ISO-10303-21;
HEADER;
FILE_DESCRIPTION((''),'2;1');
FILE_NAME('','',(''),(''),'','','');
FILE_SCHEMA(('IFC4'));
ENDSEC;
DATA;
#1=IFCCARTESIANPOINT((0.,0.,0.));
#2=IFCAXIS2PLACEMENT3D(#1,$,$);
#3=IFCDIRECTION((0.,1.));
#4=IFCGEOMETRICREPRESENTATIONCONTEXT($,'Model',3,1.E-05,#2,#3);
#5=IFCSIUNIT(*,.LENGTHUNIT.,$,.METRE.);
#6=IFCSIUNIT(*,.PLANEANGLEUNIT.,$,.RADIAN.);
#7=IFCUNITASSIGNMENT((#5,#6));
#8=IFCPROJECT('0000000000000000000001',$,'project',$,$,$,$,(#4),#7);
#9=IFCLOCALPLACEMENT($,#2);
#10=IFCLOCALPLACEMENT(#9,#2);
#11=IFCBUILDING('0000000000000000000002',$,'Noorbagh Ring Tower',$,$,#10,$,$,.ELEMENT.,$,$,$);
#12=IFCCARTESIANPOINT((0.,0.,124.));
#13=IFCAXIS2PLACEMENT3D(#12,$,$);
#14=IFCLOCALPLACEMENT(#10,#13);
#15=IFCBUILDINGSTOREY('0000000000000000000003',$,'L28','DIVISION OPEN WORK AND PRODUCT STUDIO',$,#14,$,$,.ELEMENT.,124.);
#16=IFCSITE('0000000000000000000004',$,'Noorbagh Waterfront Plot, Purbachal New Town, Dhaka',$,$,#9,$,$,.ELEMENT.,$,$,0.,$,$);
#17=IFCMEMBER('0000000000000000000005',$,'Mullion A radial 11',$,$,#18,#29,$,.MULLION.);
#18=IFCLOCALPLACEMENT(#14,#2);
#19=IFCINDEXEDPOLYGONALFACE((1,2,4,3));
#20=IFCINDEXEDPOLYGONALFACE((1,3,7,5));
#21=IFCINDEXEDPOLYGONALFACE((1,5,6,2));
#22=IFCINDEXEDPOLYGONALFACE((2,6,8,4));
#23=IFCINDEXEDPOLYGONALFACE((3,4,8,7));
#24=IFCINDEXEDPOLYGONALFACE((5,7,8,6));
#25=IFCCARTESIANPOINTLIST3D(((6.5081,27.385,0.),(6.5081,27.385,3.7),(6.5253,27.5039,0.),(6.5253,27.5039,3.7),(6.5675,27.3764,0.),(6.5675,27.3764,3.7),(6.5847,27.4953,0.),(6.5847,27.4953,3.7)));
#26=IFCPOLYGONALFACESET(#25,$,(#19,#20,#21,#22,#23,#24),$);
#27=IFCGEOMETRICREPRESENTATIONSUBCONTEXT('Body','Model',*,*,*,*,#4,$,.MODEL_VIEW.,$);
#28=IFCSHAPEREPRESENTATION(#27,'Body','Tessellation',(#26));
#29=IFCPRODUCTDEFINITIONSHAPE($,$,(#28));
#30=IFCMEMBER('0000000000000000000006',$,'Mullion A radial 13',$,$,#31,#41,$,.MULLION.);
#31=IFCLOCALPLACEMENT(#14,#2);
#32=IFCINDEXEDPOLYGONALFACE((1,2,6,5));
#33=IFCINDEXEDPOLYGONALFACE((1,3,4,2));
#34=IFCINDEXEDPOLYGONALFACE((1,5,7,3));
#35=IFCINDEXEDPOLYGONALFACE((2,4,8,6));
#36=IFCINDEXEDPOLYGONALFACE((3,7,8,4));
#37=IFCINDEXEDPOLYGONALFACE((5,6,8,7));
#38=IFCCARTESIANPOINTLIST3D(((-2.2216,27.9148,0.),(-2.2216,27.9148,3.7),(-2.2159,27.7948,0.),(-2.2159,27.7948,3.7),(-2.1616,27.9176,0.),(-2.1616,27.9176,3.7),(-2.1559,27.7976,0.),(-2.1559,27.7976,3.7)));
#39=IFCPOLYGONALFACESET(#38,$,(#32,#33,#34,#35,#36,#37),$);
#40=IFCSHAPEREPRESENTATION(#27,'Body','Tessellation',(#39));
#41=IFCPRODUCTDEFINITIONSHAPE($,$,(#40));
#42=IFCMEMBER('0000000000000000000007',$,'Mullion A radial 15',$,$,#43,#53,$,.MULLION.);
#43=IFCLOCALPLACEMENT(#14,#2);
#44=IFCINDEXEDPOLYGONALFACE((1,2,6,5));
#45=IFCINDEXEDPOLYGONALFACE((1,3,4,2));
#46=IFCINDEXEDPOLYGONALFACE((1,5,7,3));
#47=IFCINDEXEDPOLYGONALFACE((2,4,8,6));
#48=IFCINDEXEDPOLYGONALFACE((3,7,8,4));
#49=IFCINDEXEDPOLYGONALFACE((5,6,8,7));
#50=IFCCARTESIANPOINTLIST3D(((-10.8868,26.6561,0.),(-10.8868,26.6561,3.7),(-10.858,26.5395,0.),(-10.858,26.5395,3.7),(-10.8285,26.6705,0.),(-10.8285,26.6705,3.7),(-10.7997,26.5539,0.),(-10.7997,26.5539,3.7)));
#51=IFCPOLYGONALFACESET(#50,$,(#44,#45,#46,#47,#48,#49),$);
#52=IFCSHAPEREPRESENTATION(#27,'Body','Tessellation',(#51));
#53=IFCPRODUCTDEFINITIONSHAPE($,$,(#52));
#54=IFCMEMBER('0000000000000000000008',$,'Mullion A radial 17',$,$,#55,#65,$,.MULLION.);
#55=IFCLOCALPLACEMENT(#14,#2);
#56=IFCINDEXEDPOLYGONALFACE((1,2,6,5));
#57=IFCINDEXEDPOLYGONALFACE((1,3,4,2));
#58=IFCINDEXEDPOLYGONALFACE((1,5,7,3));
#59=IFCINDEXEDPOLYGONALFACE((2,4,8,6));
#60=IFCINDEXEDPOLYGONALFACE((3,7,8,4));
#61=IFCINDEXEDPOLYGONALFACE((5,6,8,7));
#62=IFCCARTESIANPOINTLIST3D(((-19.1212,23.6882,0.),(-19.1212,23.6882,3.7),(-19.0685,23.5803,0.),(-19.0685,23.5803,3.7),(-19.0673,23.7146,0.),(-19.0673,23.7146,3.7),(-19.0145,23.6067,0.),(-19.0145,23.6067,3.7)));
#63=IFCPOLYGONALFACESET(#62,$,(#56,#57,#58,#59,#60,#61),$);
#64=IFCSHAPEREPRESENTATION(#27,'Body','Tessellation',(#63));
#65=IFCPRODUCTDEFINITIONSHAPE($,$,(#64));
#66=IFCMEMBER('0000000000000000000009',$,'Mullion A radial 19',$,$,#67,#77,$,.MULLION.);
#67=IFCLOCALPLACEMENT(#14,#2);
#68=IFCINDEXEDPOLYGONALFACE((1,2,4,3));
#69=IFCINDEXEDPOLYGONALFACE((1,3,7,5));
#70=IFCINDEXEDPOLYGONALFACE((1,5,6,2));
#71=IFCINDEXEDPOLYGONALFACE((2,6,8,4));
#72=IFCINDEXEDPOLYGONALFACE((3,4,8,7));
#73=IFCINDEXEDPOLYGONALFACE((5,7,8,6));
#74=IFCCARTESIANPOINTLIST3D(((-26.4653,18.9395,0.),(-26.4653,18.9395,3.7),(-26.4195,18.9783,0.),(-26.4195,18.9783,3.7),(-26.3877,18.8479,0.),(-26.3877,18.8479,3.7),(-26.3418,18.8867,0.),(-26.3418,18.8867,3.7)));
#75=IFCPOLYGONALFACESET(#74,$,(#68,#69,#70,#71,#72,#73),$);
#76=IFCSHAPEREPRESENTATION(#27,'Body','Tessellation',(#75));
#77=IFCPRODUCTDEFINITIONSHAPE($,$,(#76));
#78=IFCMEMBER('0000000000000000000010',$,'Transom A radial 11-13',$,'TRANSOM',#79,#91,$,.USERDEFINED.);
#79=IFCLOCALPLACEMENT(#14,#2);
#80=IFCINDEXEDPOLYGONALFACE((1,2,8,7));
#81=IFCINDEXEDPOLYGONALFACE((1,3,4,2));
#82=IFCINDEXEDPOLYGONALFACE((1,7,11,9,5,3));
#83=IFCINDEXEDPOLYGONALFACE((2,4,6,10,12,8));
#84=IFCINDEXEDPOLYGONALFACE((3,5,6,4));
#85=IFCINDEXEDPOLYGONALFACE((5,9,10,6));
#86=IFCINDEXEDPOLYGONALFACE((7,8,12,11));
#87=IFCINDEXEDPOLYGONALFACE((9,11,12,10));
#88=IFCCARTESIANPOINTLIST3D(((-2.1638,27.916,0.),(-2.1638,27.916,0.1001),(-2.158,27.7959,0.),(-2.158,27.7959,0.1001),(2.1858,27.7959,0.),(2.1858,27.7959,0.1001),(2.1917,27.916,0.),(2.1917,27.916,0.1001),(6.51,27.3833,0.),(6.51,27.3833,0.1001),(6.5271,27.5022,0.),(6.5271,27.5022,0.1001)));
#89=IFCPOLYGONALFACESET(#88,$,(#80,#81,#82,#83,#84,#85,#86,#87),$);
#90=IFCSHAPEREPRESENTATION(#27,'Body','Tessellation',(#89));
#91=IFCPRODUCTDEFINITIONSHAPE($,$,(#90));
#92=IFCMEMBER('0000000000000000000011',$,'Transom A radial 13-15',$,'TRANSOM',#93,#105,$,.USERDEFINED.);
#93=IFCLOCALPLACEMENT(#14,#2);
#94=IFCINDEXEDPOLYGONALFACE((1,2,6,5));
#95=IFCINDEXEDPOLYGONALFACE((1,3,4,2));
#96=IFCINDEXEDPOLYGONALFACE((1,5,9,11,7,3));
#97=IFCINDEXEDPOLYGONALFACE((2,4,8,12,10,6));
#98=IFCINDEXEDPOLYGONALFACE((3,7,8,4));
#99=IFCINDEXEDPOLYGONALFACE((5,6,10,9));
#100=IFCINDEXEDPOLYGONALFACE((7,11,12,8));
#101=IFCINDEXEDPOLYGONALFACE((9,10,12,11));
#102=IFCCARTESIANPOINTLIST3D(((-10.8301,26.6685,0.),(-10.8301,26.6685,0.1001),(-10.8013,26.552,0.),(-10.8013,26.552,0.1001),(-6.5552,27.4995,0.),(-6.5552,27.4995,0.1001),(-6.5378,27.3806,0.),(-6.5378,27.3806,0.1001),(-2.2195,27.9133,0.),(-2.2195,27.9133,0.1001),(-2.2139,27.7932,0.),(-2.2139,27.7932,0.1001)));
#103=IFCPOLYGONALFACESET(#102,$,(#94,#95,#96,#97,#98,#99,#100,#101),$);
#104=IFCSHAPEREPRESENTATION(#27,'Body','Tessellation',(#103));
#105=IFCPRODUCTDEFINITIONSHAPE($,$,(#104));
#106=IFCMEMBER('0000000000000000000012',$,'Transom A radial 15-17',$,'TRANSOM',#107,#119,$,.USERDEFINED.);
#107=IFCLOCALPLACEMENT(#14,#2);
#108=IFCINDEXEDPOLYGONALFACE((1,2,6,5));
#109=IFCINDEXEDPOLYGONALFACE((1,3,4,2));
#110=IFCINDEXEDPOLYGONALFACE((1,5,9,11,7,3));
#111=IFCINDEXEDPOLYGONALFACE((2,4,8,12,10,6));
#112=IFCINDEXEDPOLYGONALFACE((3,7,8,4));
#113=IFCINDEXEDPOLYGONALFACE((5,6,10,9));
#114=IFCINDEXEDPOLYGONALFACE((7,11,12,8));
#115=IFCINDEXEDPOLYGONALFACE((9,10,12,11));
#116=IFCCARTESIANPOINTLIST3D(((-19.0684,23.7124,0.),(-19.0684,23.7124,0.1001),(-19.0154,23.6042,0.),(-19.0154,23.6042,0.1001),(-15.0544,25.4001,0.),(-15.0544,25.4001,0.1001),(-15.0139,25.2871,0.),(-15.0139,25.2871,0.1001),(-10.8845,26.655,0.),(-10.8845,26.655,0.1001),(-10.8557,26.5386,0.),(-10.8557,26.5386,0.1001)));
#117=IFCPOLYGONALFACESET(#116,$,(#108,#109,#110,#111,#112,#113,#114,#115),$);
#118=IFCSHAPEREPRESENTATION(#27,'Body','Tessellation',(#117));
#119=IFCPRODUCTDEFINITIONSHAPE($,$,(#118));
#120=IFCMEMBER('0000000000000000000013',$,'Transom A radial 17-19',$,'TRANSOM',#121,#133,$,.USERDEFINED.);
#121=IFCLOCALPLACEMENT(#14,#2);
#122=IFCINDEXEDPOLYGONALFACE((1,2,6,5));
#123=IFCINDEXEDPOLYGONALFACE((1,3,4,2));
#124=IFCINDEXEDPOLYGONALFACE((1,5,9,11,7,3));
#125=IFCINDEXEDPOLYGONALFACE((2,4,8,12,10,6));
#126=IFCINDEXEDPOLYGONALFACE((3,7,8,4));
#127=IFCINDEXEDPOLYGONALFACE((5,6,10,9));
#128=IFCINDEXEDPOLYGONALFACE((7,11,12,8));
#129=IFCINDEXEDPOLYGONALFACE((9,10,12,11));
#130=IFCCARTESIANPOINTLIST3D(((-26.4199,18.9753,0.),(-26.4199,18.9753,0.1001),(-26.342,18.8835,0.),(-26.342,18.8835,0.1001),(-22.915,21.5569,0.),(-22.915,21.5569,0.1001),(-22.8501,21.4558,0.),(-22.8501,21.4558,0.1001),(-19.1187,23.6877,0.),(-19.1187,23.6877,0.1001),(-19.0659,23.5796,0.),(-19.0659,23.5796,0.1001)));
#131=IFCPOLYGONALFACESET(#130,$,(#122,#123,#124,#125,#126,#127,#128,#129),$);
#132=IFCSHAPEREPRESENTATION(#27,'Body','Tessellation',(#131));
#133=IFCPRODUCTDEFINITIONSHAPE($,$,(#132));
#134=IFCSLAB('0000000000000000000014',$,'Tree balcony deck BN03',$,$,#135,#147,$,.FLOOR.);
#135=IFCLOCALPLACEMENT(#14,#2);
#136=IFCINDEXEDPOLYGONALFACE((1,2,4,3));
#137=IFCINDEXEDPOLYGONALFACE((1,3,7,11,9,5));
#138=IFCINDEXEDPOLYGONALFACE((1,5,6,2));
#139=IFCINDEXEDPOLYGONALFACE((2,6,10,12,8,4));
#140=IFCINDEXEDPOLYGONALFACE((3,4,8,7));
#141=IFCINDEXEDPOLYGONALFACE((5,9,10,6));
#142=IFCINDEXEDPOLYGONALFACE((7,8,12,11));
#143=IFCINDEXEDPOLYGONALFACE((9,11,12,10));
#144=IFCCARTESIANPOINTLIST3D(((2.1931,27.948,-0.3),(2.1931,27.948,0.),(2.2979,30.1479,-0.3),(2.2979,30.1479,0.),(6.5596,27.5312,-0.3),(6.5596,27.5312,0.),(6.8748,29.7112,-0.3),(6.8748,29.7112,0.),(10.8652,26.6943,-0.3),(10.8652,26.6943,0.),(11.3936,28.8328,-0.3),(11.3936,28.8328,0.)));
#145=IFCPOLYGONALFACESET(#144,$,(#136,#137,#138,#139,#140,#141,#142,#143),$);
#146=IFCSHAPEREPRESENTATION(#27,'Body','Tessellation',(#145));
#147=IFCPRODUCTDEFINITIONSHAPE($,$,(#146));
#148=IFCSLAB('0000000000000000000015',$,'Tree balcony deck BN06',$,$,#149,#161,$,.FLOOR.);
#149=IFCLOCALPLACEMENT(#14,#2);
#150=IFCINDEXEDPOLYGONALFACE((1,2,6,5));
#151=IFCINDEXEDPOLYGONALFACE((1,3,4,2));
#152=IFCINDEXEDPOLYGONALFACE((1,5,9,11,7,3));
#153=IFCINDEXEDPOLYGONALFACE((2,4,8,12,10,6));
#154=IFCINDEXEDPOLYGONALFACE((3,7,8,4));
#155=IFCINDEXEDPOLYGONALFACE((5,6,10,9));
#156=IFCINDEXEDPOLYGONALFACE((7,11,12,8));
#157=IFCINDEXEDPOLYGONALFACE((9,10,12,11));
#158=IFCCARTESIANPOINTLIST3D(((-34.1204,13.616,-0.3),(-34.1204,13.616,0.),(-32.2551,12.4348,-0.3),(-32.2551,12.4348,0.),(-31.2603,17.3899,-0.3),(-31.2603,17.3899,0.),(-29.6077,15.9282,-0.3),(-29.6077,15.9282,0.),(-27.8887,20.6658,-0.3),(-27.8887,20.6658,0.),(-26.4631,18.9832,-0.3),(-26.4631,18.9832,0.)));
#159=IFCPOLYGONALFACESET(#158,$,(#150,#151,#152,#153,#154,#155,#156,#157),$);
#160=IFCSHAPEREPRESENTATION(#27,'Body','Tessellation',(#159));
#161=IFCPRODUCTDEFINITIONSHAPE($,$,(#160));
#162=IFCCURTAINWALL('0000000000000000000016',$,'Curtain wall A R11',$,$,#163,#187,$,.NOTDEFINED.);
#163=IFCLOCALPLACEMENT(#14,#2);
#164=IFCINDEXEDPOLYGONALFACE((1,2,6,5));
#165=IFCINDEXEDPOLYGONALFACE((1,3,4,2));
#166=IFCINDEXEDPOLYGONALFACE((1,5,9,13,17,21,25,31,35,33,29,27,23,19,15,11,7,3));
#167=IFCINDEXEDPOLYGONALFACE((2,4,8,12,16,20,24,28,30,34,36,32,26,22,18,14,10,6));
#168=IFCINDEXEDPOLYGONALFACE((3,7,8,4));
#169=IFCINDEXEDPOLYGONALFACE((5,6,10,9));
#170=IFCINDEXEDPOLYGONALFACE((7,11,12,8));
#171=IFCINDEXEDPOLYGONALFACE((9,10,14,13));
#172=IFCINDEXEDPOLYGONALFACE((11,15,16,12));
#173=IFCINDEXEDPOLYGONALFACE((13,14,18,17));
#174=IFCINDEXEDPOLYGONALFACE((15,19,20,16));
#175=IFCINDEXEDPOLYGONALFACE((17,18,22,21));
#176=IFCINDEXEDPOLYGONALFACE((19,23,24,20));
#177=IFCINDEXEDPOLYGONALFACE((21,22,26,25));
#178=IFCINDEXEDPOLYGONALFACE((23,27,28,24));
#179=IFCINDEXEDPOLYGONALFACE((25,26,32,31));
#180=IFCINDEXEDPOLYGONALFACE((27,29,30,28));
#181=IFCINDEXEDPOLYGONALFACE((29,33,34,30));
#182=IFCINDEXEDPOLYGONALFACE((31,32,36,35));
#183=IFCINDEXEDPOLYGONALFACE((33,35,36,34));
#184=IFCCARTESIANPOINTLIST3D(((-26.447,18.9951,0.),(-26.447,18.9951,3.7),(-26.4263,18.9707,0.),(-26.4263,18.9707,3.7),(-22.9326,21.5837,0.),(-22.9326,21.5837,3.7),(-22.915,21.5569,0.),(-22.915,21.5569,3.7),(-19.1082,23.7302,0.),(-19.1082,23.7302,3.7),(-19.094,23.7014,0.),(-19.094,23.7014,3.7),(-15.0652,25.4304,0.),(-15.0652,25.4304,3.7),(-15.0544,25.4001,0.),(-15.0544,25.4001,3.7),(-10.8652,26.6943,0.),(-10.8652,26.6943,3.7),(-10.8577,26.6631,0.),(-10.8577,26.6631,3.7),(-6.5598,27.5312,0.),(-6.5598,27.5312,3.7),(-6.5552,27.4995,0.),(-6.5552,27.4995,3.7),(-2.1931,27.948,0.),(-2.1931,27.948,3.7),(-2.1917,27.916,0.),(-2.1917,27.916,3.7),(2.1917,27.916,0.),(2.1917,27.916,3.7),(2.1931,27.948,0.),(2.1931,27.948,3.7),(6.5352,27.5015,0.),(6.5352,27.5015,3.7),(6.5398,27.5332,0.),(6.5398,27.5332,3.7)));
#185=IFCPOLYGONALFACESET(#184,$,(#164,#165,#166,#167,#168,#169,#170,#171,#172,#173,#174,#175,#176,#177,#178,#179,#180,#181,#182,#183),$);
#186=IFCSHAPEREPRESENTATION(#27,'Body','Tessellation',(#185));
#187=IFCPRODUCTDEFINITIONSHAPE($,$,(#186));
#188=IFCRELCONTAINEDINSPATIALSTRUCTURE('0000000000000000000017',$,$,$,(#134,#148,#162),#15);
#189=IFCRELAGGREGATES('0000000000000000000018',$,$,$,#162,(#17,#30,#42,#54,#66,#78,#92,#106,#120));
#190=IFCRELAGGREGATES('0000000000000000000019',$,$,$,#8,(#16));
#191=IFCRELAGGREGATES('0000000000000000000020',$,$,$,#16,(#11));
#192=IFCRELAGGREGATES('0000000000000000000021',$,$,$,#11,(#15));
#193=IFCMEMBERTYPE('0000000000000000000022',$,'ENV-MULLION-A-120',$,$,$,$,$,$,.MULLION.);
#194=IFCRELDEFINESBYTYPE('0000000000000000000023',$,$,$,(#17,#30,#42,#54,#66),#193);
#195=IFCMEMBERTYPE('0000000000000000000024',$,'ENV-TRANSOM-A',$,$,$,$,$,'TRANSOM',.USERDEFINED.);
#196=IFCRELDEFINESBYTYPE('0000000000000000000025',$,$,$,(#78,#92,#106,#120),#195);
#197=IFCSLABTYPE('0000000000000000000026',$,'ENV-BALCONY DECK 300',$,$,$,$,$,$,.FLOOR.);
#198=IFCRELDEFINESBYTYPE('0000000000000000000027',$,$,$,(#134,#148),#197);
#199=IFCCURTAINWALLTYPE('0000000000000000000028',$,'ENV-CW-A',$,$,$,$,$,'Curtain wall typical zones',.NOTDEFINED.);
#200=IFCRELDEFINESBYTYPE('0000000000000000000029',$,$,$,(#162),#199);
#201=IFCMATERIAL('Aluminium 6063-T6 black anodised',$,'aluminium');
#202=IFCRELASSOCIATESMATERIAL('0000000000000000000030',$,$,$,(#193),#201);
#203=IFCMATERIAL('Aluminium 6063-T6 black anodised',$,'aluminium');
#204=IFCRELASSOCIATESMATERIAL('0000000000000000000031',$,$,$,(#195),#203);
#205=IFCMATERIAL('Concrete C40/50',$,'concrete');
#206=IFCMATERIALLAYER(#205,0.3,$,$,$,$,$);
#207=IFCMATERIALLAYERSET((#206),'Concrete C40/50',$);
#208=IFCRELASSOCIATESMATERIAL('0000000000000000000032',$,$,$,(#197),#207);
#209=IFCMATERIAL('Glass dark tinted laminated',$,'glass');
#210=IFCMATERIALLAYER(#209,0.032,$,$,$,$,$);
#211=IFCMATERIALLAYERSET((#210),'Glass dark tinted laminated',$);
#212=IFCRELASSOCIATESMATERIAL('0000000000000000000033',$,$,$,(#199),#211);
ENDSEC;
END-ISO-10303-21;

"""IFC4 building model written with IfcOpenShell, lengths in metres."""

from ifc_helpers import new_model, si_unit, direction, frame, origin, origin_2d, place, context, subcontext, project, spatial, polyline, rectangle, outline, extrude, material, layer, layer_set, material_profile, profile_set, type_object, element, aggregate, save


model = new_model("IFC4")

# Units and contexts
model_context = context("Model", 3, precision=1e-05, world=origin(), true_north=direction((0.0, 1.0)))
body_context = subcontext(model_context, "Body", "Model", "MODEL_VIEW")
ifc_project = project(units=[si_unit("LENGTHUNIT", "METRE"), si_unit("PLANEANGLEUNIT", "RADIAN")], contexts=[model_context])

# Members
ifc_material_1 = material(Name="Aluminium 6063-T6 black anodised", Category="aluminium")
ifc_material_profile = material_profile(ifc_material_1, rectangle(XDim=0.1201, YDim=0.0601, at=origin_2d()), Name="120x60")
ifc_profile_set = profile_set([ifc_material_profile], Name="Aluminium 6063-T6 black anodised")
member_type_1 = type_object("IfcMemberType", Name="ENV-MULLION-A-120", PredefinedType="MULLION", material=ifc_profile_set)
site_placement = place(None, origin())
building_placement = place(site_placement, origin())
storey_placement = place(building_placement, frame((0.0, 0.0, 124.0)))
member_1_placement = place(storey_placement, frame((6.5464, 27.4402, 0.0), z_axis=(0.0, 0.0, 1.0), x_axis=(-0.143082, -0.989711, 0.0)))
member_1 = element("IfcMember", 1, at=member_1_placement, type_object=member_type_1, Name="Mullion A radial 11", PredefinedType="MULLION", context=body_context, shape_type="SweptSolid", body=[
    extrude(rectangle(XDim=0.1201, YDim=0.0601, at=origin_2d()), origin(), (0.0, 0.0, 1.0), 3.7),
])
member_2_placement = place(storey_placement, frame((-2.1887, 27.8562, 0.0), z_axis=(0.0, 0.0, 1.0), x_axis=(0.047558, -0.998868, 0.0)))
member_2 = element("IfcMember", 2, at=member_2_placement, type_object=member_type_1, Name="Mullion A radial 13", PredefinedType="MULLION", context=body_context, shape_type="SweptSolid", body=[
    extrude(rectangle(XDim=0.1201, YDim=0.0601, at=origin_2d()), origin(), (0.0, 0.0, 1.0), 3.7),
])
member_3_placement = place(storey_placement, frame((-10.8433, 26.605, 0.0), z_axis=(0.0, 0.0, 1.0), x_axis=(0.239799, -0.970823, 0.0)))
member_3 = element("IfcMember", 3, at=member_3_placement, type_object=member_type_1, Name="Mullion A radial 15", PredefinedType="MULLION", context=body_context, shape_type="SweptSolid", body=[
    extrude(rectangle(XDim=0.1201, YDim=0.0601, at=origin_2d()), origin(), (0.0, 0.0, 1.0), 3.7),
])
member_4_placement = place(storey_placement, frame((-19.0679, 23.6475, 0.0), z_axis=(0.0, 0.0, 1.0), x_axis=(0.439238, -0.898371, 0.0)))
member_4 = element("IfcMember", 4, at=member_4_placement, type_object=member_type_1, Name="Mullion A radial 17", PredefinedType="MULLION", context=body_context, shape_type="SweptSolid", body=[
    extrude(rectangle(XDim=0.1201, YDim=0.0601, at=origin_2d()), origin(), (0.0, 0.0, 1.0), 3.7),
])
member_5_placement = place(storey_placement, frame((-26.4036, 18.9131, 0.0), z_axis=(0.0, 0.0, 1.0), x_axis=(0.646451, -0.762955, 0.0)))
member_5 = element("IfcMember", 5, at=member_5_placement, type_object=member_type_1, Name="Mullion A radial 19", PredefinedType="MULLION", context=body_context, shape_type="SweptSolid", body=[
    extrude(rectangle(XDim=0.1201, YDim=0.0601, at=origin_2d()), origin(), (0.0, 0.0, 1.0), 3.7),
])
ifc_material_2 = material(Name="Aluminium 6063-T6 black anodised", Category="aluminium")
member_type_2 = type_object("IfcMemberType", Name="ENV-TRANSOM-A", ElementType="TRANSOM", PredefinedType="USERDEFINED", material=ifc_material_2)
member_6_placement = place(storey_placement, origin())
member_6 = element("IfcMember", 6, at=member_6_placement, type_object=member_type_2, Name="Transom A radial 11-13", ObjectType="TRANSOM", PredefinedType="USERDEFINED", context=body_context, shape_type="SweptSolid", body=[
    extrude(outline(polyline([(6.5271, 27.5022), (2.1917, 27.916), (-2.1638, 27.916), (-2.158, 27.7959), (2.1858, 27.7959), (6.51, 27.3833), (6.5271, 27.5022)])), origin(), (0.0, 0.0, 1.0), 0.1001),
])
member_7_placement = place(storey_placement, origin())
member_7 = element("IfcMember", 7, at=member_7_placement, type_object=member_type_2, Name="Transom A radial 13-15", ObjectType="TRANSOM", PredefinedType="USERDEFINED", context=body_context, shape_type="SweptSolid", body=[
    extrude(outline(polyline([(-2.2195, 27.9133), (-6.5552, 27.4995), (-10.8301, 26.6685), (-10.8013, 26.552), (-6.5378, 27.3806), (-2.2139, 27.7932), (-2.2195, 27.9133)])), origin(), (0.0, 0.0, 1.0), 0.1001),
])
member_8_placement = place(storey_placement, origin())
member_8 = element("IfcMember", 8, at=member_8_placement, type_object=member_type_2, Name="Transom A radial 15-17", ObjectType="TRANSOM", PredefinedType="USERDEFINED", context=body_context, shape_type="SweptSolid", body=[
    extrude(outline(polyline([(-10.8845, 26.655), (-15.0544, 25.4001), (-19.0684, 23.7124), (-19.0154, 23.6042), (-15.0139, 25.2871), (-10.8557, 26.5386), (-10.8845, 26.655)])), origin(), (0.0, 0.0, 1.0), 0.1001),
])
member_9_placement = place(storey_placement, origin())
member_9 = element("IfcMember", 9, at=member_9_placement, type_object=member_type_2, Name="Transom A radial 17-19", ObjectType="TRANSOM", PredefinedType="USERDEFINED", context=body_context, shape_type="SweptSolid", body=[
    extrude(outline(polyline([(-19.1187, 23.6877), (-22.915, 21.5569), (-26.4199, 18.9753), (-26.342, 18.8835), (-22.8501, 21.4558), (-19.0659, 23.5796), (-19.1187, 23.6877)])), origin(), (0.0, 0.0, 1.0), 0.1001),
])

# Site, building, storey
site = spatial("IfcSite", under=ifc_project, at=site_placement, Name="Noorbagh Waterfront Plot, Purbachal New Town, Dhaka", CompositionType="ELEMENT", RefElevation=0.0)
building = spatial("IfcBuilding", under=site, at=building_placement, Name="Noorbagh Ring Tower", CompositionType="ELEMENT")
storey = spatial("IfcBuildingStorey", under=building, at=storey_placement, Name="L28", Description="DIVISION OPEN WORK AND PRODUCT STUDIO", CompositionType="ELEMENT", Elevation=124.0)

# Slabs
ifc_material_3 = material(Name="Concrete C40/50", Category="concrete")
ifc_layer_1 = layer(ifc_material_3, 0.3)
ifc_layer_set_1 = layer_set([ifc_layer_1], Name="Concrete C40/50")
slab_type = type_object("IfcSlabType", Name="ENV-BALCONY DECK 300", PredefinedType="FLOOR", material=ifc_layer_set_1)
slab_1_placement = place(storey_placement, frame((0.0, 0.0, -0.3)))
element("IfcSlab", 10, at=slab_1_placement, inside=storey, type_object=slab_type, Name="Tree balcony deck BN03", PredefinedType="FLOOR", context=body_context, shape_type="SweptSolid", body=[
    extrude(outline(polyline([(11.3936, 28.8328), (6.8748, 29.7112), (2.2979, 30.1479), (2.1931, 27.948), (6.5596, 27.5312), (10.8652, 26.6943), (11.3936, 28.8328)])), origin(), (0.0, 0.0, 1.0), 0.3),
])
slab_2_placement = place(storey_placement, frame((0.0, 0.0, -0.3)))
element("IfcSlab", 11, at=slab_2_placement, inside=storey, type_object=slab_type, Name="Tree balcony deck BN06", PredefinedType="FLOOR", context=body_context, shape_type="SweptSolid", body=[
    extrude(outline(polyline([(-27.8887, 20.6658), (-31.2603, 17.3899), (-34.1204, 13.616), (-32.2551, 12.4348), (-29.6077, 15.9282), (-26.4631, 18.9832), (-27.8887, 20.6658)])), origin(), (0.0, 0.0, 1.0), 0.3),
])

# Curtain wall
ifc_material_4 = material(Name="Glass dark tinted laminated", Category="glass")
ifc_layer_2 = layer(ifc_material_4, 0.032)
ifc_layer_set_2 = layer_set([ifc_layer_2], Name="Glass dark tinted laminated")
curtain_wall_type = type_object("IfcCurtainWallType", Name="ENV-CW-A", ElementType="Curtain wall typical zones", PredefinedType="NOTDEFINED", material=ifc_layer_set_2)
curtain_wall_placement = place(storey_placement, origin())
curtain_wall = element("IfcCurtainWall", 12, at=curtain_wall_placement, inside=storey, type_object=curtain_wall_type, Name="Curtain wall A R11", PredefinedType="NOTDEFINED", context=body_context, shape_type="SweptSolid", body=[
    extrude(outline(polyline([(6.5398, 27.5332), (2.1931, 27.948), (-2.1931, 27.948), (-6.5598, 27.5312), (-10.8652, 26.6943), (-15.0652, 25.4304), (-19.1082, 23.7302), (-22.9326, 21.5837), (-26.447, 18.9951), (-26.4263, 18.9707), (-22.915, 21.5569), (-19.094, 23.7014), (-15.0544, 25.4001), (-10.8577, 26.6631), (-6.5552, 27.4995), (-2.1917, 27.916), (2.1917, 27.916), (6.5352, 27.5015), (6.5398, 27.5332)])), origin(), (0.0, 0.0, 1.0), 3.7),
])
aggregate(curtain_wall, [member_1, member_2, member_3, member_4, member_5, member_6, member_7, member_8, member_9])

save(model, "model.ifc")
